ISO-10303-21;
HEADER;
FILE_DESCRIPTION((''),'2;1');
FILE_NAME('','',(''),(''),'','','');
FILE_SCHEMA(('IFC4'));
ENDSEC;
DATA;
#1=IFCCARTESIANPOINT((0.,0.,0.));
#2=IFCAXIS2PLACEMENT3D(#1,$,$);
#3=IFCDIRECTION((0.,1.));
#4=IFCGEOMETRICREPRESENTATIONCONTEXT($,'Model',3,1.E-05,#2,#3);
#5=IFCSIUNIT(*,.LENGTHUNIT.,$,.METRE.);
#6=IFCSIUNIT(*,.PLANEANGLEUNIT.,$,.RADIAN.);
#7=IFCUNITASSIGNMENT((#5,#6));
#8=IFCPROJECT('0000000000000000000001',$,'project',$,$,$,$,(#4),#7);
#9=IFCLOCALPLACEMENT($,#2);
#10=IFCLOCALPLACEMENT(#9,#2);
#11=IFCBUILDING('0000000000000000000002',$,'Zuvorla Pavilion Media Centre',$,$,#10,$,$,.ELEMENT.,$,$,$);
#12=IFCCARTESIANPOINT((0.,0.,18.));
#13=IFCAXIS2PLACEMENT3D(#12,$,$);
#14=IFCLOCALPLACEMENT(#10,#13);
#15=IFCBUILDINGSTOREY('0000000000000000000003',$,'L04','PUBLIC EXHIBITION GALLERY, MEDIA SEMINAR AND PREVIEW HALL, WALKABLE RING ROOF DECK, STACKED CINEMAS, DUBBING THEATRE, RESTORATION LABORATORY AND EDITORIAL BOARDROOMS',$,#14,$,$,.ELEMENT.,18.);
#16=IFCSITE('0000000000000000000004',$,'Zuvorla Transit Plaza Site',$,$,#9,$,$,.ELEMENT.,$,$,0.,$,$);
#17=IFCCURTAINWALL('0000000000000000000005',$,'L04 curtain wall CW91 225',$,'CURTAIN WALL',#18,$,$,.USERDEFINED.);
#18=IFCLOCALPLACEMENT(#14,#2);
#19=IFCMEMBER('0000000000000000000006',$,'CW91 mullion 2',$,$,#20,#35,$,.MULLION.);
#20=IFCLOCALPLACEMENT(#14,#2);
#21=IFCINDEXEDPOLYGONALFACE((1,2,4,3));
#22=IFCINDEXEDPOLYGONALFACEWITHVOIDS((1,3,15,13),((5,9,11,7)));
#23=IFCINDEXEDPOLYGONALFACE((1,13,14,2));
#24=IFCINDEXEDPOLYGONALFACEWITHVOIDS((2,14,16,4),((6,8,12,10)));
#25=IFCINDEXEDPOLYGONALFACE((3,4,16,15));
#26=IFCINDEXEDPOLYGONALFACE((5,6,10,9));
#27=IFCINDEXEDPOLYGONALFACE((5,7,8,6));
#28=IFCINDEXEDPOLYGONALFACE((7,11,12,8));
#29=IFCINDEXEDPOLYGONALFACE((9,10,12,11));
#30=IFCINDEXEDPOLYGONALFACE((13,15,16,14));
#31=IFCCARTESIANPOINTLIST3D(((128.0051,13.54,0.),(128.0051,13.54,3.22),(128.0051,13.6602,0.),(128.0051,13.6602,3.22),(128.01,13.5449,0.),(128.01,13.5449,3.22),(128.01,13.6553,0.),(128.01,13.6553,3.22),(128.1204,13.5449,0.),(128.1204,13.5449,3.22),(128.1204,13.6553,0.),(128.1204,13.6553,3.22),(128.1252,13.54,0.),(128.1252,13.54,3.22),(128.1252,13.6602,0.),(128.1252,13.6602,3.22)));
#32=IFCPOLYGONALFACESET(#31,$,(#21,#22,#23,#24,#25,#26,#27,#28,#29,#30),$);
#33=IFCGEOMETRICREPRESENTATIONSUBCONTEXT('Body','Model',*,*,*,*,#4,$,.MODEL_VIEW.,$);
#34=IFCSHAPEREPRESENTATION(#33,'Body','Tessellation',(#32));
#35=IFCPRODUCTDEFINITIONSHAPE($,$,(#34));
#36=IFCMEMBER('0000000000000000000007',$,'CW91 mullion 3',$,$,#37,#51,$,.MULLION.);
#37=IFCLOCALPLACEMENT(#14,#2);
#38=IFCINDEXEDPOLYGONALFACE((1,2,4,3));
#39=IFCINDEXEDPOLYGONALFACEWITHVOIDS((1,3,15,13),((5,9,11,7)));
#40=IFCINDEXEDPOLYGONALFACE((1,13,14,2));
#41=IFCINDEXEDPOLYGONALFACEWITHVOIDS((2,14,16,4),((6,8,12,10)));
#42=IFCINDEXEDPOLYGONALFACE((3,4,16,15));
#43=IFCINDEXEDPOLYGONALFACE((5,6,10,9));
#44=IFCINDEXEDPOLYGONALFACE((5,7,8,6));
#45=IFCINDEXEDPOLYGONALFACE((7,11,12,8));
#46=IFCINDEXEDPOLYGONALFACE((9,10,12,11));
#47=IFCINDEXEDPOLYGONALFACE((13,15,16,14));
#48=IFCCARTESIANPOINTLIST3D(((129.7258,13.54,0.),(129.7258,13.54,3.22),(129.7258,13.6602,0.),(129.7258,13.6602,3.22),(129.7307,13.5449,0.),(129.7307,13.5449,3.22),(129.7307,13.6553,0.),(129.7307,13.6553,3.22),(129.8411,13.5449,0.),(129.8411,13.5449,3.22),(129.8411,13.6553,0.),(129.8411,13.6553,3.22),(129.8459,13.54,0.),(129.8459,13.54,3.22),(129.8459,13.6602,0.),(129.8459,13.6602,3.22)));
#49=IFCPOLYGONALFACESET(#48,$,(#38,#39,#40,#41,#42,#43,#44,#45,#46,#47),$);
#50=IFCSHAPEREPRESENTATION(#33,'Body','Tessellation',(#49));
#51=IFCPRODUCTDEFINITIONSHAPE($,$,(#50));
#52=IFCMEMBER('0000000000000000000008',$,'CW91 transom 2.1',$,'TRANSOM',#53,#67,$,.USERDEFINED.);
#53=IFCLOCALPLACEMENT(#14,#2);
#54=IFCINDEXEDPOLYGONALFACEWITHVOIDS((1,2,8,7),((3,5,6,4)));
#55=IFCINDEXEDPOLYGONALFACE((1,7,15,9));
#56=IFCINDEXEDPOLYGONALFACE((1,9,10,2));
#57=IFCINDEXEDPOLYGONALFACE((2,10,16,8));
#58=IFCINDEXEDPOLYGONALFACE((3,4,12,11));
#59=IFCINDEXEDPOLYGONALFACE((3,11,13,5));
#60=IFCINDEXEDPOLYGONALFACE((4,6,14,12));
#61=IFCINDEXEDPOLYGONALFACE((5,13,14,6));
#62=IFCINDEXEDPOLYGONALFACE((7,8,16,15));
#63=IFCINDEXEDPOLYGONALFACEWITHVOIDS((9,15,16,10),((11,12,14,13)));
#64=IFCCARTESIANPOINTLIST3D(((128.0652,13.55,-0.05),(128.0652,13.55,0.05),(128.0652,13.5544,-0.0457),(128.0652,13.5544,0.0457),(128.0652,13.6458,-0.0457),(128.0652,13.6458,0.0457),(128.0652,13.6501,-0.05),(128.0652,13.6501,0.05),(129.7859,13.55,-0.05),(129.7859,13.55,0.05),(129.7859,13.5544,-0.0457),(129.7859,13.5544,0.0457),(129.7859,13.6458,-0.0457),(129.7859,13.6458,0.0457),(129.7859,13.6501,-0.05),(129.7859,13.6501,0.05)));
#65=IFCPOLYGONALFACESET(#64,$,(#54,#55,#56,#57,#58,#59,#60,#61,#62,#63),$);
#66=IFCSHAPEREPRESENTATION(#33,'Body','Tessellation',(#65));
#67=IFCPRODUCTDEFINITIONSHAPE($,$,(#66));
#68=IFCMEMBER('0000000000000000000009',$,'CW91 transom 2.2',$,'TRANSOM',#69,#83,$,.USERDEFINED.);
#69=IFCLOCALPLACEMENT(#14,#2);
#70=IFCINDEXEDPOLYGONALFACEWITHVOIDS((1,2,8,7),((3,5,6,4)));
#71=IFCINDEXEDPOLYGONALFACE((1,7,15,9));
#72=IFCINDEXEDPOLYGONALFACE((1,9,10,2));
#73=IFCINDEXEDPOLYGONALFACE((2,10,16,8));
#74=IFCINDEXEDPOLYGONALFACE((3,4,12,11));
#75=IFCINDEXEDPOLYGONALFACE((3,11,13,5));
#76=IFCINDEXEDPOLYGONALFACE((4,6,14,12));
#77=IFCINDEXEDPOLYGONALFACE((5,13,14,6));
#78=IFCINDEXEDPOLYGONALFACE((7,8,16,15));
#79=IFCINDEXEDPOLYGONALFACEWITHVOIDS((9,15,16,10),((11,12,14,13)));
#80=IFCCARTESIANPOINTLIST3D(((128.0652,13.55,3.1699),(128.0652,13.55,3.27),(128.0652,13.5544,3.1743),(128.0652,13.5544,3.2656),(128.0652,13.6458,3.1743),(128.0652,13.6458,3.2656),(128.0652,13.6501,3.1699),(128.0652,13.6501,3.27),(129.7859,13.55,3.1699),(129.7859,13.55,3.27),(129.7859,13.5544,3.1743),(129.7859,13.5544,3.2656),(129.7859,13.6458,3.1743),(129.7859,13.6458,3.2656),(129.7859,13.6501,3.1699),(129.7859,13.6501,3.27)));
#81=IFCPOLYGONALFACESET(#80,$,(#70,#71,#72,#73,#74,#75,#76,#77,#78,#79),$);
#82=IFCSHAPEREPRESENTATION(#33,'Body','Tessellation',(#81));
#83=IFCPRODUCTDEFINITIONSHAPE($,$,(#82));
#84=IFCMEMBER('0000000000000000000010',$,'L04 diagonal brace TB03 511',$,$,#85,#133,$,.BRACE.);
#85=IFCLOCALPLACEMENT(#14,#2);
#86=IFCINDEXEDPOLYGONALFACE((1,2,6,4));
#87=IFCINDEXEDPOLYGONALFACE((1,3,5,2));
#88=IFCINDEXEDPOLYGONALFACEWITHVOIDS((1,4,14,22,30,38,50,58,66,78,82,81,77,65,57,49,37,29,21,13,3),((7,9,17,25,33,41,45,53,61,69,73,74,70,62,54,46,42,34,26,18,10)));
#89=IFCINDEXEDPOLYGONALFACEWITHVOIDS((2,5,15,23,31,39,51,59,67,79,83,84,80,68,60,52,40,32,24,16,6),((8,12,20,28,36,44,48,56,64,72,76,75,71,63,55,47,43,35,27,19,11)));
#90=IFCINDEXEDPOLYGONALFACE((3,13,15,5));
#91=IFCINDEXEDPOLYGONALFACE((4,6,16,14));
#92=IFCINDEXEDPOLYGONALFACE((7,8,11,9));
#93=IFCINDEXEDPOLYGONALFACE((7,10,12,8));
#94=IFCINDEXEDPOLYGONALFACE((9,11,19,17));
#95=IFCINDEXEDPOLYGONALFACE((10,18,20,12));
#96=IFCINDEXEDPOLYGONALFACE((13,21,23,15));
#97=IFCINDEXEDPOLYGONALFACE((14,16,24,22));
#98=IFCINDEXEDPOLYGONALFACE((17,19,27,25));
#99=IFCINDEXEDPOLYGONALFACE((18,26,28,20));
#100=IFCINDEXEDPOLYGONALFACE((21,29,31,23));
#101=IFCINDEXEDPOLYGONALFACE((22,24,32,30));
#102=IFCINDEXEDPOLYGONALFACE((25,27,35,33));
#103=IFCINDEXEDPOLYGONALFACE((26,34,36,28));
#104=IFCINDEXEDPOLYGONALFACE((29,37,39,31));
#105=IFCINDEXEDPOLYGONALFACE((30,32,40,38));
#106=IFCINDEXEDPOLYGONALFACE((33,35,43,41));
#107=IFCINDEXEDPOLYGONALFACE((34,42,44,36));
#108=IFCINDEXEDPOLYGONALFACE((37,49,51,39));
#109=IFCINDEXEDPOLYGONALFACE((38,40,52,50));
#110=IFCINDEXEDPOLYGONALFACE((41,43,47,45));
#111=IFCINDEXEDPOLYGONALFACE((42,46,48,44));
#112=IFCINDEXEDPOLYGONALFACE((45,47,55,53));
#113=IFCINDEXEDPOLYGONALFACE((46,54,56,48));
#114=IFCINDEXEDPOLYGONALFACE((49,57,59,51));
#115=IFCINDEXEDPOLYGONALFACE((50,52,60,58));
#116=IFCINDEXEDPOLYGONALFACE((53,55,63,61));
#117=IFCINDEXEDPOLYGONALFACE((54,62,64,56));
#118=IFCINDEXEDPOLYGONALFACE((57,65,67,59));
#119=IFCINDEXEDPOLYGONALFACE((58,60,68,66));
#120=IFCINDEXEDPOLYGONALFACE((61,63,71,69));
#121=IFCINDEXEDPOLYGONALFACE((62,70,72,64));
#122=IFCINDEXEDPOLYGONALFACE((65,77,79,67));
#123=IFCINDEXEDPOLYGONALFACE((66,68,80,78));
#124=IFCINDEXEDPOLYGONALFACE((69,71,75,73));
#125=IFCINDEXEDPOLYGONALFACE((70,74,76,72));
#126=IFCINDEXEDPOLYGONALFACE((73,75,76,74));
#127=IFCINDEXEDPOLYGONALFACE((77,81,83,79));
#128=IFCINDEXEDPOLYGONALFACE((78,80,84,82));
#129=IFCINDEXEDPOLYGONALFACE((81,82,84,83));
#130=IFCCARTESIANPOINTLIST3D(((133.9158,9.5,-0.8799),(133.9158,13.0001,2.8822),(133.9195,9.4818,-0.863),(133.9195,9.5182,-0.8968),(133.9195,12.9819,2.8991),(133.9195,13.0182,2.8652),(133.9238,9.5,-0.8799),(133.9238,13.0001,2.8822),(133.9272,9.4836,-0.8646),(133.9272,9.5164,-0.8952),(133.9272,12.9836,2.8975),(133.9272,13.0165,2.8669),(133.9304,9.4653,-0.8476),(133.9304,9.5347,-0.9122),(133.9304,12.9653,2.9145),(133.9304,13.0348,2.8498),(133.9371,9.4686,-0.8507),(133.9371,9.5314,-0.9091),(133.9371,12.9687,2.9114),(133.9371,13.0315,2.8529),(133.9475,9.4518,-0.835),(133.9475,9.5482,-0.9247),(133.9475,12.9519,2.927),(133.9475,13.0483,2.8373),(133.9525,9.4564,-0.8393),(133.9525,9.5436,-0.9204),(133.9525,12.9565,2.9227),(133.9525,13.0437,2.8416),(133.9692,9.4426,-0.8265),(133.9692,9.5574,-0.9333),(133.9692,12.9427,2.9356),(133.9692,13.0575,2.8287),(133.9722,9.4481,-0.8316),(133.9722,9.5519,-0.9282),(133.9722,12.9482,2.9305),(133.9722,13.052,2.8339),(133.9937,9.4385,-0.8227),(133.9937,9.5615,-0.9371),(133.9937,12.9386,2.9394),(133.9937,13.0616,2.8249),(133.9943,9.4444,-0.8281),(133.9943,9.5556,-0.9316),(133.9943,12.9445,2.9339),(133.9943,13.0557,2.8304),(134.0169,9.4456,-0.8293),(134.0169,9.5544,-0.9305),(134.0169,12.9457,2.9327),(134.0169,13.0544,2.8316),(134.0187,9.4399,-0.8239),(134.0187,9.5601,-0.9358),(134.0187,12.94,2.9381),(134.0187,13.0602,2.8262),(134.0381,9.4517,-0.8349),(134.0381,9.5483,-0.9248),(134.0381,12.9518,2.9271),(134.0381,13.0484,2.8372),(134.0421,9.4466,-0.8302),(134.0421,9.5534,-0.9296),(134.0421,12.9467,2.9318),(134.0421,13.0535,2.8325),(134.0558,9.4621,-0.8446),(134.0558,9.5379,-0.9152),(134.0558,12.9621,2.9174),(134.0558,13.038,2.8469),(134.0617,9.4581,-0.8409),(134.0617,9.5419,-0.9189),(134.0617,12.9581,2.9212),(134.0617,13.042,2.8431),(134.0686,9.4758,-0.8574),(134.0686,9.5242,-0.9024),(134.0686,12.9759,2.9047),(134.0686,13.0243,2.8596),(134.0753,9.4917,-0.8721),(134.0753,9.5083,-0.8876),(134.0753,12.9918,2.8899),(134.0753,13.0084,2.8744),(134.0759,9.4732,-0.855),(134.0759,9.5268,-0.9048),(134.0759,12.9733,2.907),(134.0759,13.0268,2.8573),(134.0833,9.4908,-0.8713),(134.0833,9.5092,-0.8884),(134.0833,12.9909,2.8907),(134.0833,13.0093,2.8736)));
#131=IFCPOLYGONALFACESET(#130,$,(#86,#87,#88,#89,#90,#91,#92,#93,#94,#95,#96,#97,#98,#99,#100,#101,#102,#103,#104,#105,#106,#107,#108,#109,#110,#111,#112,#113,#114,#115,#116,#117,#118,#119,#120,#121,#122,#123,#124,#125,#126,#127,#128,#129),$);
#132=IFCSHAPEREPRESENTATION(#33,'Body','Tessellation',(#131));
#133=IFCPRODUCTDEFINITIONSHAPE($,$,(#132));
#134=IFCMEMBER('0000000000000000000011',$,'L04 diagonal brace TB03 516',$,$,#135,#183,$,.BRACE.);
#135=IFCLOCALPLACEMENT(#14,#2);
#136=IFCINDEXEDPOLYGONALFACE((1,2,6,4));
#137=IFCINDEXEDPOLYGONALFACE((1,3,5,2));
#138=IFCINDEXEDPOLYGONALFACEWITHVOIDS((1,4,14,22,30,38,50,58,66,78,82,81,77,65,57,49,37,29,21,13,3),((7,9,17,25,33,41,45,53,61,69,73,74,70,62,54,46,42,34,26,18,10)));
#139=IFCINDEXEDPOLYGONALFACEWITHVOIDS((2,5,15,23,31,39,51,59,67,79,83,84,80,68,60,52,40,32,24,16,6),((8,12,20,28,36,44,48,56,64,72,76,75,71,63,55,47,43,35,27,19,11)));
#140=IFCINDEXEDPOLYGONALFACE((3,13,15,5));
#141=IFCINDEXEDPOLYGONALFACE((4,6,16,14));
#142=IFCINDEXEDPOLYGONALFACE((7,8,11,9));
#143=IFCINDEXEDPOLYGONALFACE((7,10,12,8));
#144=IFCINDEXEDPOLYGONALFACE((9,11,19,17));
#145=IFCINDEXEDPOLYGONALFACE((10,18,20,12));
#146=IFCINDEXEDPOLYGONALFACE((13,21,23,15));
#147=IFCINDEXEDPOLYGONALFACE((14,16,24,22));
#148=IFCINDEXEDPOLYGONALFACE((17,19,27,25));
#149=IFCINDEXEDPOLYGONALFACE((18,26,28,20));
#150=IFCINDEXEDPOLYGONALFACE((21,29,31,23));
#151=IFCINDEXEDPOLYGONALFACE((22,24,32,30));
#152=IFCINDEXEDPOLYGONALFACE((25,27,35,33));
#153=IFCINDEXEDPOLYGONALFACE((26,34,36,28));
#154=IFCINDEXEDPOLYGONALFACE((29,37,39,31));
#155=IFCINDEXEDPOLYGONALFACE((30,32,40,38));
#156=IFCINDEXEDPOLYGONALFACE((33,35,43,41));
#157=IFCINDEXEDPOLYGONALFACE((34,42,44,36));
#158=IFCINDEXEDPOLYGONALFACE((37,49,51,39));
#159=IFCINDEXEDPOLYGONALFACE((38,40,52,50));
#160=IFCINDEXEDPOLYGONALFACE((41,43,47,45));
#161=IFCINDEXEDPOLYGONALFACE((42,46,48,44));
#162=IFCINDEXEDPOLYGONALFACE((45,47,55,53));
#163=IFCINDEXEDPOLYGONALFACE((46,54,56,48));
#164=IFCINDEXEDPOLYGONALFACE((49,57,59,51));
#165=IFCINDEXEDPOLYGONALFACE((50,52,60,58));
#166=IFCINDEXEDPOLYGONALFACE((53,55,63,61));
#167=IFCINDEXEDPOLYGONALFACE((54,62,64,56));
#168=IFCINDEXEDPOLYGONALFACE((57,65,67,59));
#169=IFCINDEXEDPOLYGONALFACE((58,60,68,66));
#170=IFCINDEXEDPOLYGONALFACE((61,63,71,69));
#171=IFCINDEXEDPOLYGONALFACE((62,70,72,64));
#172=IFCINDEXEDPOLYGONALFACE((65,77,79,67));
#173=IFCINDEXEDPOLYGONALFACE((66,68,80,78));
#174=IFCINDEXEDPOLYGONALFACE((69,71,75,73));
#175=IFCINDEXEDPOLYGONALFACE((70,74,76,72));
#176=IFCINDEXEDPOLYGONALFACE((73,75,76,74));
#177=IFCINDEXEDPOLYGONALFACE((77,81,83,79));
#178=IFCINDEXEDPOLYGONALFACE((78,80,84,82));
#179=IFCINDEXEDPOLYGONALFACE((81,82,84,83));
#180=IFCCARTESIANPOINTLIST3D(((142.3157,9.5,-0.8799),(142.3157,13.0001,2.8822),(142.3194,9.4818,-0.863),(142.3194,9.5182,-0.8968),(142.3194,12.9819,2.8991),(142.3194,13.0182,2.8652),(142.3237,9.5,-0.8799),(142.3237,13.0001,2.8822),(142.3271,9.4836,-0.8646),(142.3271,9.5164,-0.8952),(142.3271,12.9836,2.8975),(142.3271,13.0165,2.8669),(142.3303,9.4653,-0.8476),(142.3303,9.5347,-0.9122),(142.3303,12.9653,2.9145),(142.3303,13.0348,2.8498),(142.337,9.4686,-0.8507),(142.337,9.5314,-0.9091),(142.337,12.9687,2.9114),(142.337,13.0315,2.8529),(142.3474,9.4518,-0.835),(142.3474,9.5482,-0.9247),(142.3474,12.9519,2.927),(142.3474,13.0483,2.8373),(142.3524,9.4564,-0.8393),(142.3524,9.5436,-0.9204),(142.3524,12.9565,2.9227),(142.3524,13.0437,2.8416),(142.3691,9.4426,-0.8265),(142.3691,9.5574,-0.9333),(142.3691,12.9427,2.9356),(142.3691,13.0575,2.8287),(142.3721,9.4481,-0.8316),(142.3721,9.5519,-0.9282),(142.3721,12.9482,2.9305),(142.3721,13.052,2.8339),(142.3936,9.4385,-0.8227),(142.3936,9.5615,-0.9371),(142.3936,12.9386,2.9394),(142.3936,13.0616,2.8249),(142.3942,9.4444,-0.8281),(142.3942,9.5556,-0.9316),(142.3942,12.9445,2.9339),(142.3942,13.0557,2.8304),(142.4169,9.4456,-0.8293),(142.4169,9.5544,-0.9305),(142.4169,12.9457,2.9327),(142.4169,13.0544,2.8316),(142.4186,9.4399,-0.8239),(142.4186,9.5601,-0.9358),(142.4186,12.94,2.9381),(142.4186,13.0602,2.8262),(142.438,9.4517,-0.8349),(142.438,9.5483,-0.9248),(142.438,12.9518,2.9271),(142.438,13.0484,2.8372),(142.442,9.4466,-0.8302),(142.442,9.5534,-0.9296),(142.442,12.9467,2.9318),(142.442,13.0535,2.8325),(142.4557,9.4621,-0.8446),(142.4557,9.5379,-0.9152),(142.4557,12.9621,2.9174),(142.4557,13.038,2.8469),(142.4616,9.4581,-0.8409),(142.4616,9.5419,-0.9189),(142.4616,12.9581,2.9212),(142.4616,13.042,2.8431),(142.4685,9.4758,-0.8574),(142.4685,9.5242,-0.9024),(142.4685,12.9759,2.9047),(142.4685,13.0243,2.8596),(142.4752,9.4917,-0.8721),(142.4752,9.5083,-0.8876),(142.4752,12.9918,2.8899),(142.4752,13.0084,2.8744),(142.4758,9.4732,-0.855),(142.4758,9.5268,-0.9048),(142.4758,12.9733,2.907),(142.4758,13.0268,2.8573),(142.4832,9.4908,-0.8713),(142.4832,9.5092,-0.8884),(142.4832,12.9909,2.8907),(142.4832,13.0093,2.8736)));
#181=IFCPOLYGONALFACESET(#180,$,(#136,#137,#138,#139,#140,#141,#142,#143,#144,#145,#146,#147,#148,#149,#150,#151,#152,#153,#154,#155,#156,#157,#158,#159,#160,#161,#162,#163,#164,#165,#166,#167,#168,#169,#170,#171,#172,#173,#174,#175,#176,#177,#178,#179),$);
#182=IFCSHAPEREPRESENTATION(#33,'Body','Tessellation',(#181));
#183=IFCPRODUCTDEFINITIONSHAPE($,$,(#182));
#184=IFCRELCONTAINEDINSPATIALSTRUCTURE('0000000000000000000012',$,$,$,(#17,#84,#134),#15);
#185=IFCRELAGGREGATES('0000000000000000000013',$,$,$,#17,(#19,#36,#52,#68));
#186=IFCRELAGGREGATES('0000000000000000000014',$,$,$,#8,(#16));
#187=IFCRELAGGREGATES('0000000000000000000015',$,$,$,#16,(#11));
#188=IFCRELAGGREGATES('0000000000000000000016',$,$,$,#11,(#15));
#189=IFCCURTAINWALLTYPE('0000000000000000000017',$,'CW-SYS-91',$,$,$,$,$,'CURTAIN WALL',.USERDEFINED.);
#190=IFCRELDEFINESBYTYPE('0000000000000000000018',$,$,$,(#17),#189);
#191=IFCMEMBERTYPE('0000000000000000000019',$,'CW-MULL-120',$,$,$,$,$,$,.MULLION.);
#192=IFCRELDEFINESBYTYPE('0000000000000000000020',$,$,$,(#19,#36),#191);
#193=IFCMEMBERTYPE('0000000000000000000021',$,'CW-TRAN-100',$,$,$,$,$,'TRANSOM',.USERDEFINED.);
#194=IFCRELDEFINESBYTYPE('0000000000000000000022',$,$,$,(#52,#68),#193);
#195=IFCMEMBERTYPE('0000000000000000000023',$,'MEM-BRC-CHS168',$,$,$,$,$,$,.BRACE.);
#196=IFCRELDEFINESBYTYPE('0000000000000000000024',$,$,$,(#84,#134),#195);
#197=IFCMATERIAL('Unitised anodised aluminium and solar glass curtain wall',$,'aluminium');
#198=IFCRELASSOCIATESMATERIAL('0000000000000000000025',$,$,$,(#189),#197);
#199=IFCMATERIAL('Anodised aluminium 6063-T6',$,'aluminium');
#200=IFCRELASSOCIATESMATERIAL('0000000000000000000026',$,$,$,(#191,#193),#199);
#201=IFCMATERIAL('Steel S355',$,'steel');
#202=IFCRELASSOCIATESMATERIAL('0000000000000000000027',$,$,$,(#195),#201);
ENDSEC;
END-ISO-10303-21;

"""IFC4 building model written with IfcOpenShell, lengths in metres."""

from ifc_helpers import new_model, si_unit, direction, frame, origin, origin_2d, place, context, subcontext, project, spatial, hollow_rectangle, hollow_circle, extrude, material, material_profile, profile_set, type_object, element, aggregate, save


model = new_model("IFC4")

# Units and contexts
model_context = context("Model", 3, precision=1e-05, world=origin(), true_north=direction((0.0, 1.0)))
body_context = subcontext(model_context, "Body", "Model", "MODEL_VIEW")
ifc_project = project(units=[si_unit("LENGTHUNIT", "METRE"), si_unit("PLANEANGLEUNIT", "RADIAN")], contexts=[model_context])

# Site, building, storey
site_placement = place(None, origin())
site = spatial("IfcSite", under=ifc_project, at=site_placement, Name="Zuvorla Transit Plaza Site", CompositionType="ELEMENT", RefElevation=0.0)
building_placement = place(site_placement, origin())
building = spatial("IfcBuilding", under=site, at=building_placement, Name="Zuvorla Pavilion Media Centre", CompositionType="ELEMENT")
storey_placement = place(building_placement, frame((0.0, 0.0, 18.0)))
storey = spatial("IfcBuildingStorey", under=building, at=storey_placement, Name="L04", Description="PUBLIC EXHIBITION GALLERY, MEDIA SEMINAR AND PREVIEW HALL, WALKABLE RING ROOF DECK, STACKED CINEMAS, DUBBING THEATRE, RESTORATION LABORATORY AND EDITORIAL BOARDROOMS", CompositionType="ELEMENT", Elevation=18.0)

# Curtain wall, members
ifc_material_1 = material(Name="Unitised anodised aluminium and solar glass curtain wall", Category="aluminium")
curtain_wall_type = type_object("IfcCurtainWallType", Name="CW-SYS-91", ElementType="CURTAIN WALL", PredefinedType="USERDEFINED", material=ifc_material_1)
curtain_wall_placement = place(storey_placement, origin())
curtain_wall = element("IfcCurtainWall", 1, at=curtain_wall_placement, inside=storey, type_object=curtain_wall_type, Name="L04 curtain wall CW91 225", ObjectType="CURTAIN WALL", PredefinedType="USERDEFINED")
ifc_material_2 = material(Name="Anodised aluminium 6063-T6", Category="aluminium")
ifc_material_profile_1 = material_profile(ifc_material_2, hollow_rectangle(XDim=0.1201, YDim=0.1201, WallThickness=0.0049, at=origin_2d()), Name="ALU MULL 120x120")
ifc_profile_set_1 = profile_set([ifc_material_profile_1], Name="Anodised aluminium 6063-T6")
member_type_1 = type_object("IfcMemberType", Name="CW-MULL-120", PredefinedType="MULLION", material=ifc_profile_set_1)
member_1_placement = place(storey_placement, frame((128.0652, 13.6001, 0.0), z_axis=(0.0, 0.0, 1.0), x_axis=(1.0, 0.0, 0.0)))
member_1 = element("IfcMember", 2, at=member_1_placement, type_object=member_type_1, Name="CW91 mullion 2", PredefinedType="MULLION", context=body_context, shape_type="SweptSolid", body=[
    extrude(hollow_rectangle(XDim=0.1201, YDim=0.1201, WallThickness=0.0049, at=origin_2d()), origin(), (0.0, 0.0, 1.0), 3.22),
])
member_2_placement = place(storey_placement, frame((129.7859, 13.6001, 0.0), z_axis=(0.0, 0.0, 1.0), x_axis=(1.0, 0.0, 0.0)))
member_2 = element("IfcMember", 3, at=member_2_placement, type_object=member_type_1, Name="CW91 mullion 3", PredefinedType="MULLION", context=body_context, shape_type="SweptSolid", body=[
    extrude(hollow_rectangle(XDim=0.1201, YDim=0.1201, WallThickness=0.0049, at=origin_2d()), origin(), (0.0, 0.0, 1.0), 3.22),
])
ifc_material_profile_2 = material_profile(ifc_material_2, hollow_rectangle(XDim=0.1001, YDim=0.1001, WallThickness=0.0044, at=origin_2d()), Name="ALU TRAN 100x100")
ifc_profile_set_2 = profile_set([ifc_material_profile_2], Name="Anodised aluminium 6063-T6")
member_type_2 = type_object("IfcMemberType", Name="CW-TRAN-100", ElementType="TRANSOM", PredefinedType="USERDEFINED", material=ifc_profile_set_2)
member_3_placement = place(storey_placement, frame((128.0652, 13.6001, 0.0), z_axis=(1.0, 0.0, 0.0), x_axis=(0.0, 1.0, 0.0)))
member_3 = element("IfcMember", 4, at=member_3_placement, type_object=member_type_2, Name="CW91 transom 2.1", ObjectType="TRANSOM", PredefinedType="USERDEFINED", context=body_context, shape_type="SweptSolid", body=[
    extrude(hollow_rectangle(XDim=0.1001, YDim=0.1001, WallThickness=0.0044, at=origin_2d()), origin(), (0.0, 0.0, 1.0), 1.7207),
])
member_4_placement = place(storey_placement, frame((128.0652, 13.6001, 3.22), z_axis=(1.0, 0.0, 0.0), x_axis=(0.0, 1.0, 0.0)))
member_4 = element("IfcMember", 5, at=member_4_placement, type_object=member_type_2, Name="CW91 transom 2.2", ObjectType="TRANSOM", PredefinedType="USERDEFINED", context=body_context, shape_type="SweptSolid", body=[
    extrude(hollow_rectangle(XDim=0.1001, YDim=0.1001, WallThickness=0.0044, at=origin_2d()), origin(), (0.0, 0.0, 1.0), 1.7207),
])

# Members
ifc_material_3 = material(Name="Steel S355", Category="steel")
ifc_material_profile_3 = material_profile(ifc_material_3, hollow_circle(Radius=0.0842, WallThickness=0.0081, at=origin_2d()), Name="CHS 168.3x8")
ifc_profile_set_3 = profile_set([ifc_material_profile_3], Name="Steel S355")
member_type_3 = type_object("IfcMemberType", Name="MEM-BRC-CHS168", PredefinedType="BRACE", material=ifc_profile_set_3)
for number, where, z_axis, x_axis, name in (
    (6, (134.0, 9.5, -0.8799), (0.0, 0.681156, 0.732138), (-1.0, 0.0, 0.0), "L04 diagonal brace TB03 511"),
    (7, (142.3999, 9.5, -0.8799), (0.0, 0.681156, 0.732138), (-1.0, 0.0, 0.0), "L04 diagonal brace TB03 516"),
):
    element("IfcMember", number, at=place(storey_placement, frame(where, z_axis=z_axis, x_axis=x_axis)), inside=storey, type_object=member_type_3, Name=name, PredefinedType="BRACE", context=body_context, shape_type="SweptSolid", body=[
        extrude(hollow_circle(Radius=0.0842, WallThickness=0.0081, at=origin_2d()), origin(), (0.0, 0.0, 1.0), 5.1384),
    ])

aggregate(curtain_wall, [member_1, member_2, member_3, member_4])

save(model, "model.ifc")
